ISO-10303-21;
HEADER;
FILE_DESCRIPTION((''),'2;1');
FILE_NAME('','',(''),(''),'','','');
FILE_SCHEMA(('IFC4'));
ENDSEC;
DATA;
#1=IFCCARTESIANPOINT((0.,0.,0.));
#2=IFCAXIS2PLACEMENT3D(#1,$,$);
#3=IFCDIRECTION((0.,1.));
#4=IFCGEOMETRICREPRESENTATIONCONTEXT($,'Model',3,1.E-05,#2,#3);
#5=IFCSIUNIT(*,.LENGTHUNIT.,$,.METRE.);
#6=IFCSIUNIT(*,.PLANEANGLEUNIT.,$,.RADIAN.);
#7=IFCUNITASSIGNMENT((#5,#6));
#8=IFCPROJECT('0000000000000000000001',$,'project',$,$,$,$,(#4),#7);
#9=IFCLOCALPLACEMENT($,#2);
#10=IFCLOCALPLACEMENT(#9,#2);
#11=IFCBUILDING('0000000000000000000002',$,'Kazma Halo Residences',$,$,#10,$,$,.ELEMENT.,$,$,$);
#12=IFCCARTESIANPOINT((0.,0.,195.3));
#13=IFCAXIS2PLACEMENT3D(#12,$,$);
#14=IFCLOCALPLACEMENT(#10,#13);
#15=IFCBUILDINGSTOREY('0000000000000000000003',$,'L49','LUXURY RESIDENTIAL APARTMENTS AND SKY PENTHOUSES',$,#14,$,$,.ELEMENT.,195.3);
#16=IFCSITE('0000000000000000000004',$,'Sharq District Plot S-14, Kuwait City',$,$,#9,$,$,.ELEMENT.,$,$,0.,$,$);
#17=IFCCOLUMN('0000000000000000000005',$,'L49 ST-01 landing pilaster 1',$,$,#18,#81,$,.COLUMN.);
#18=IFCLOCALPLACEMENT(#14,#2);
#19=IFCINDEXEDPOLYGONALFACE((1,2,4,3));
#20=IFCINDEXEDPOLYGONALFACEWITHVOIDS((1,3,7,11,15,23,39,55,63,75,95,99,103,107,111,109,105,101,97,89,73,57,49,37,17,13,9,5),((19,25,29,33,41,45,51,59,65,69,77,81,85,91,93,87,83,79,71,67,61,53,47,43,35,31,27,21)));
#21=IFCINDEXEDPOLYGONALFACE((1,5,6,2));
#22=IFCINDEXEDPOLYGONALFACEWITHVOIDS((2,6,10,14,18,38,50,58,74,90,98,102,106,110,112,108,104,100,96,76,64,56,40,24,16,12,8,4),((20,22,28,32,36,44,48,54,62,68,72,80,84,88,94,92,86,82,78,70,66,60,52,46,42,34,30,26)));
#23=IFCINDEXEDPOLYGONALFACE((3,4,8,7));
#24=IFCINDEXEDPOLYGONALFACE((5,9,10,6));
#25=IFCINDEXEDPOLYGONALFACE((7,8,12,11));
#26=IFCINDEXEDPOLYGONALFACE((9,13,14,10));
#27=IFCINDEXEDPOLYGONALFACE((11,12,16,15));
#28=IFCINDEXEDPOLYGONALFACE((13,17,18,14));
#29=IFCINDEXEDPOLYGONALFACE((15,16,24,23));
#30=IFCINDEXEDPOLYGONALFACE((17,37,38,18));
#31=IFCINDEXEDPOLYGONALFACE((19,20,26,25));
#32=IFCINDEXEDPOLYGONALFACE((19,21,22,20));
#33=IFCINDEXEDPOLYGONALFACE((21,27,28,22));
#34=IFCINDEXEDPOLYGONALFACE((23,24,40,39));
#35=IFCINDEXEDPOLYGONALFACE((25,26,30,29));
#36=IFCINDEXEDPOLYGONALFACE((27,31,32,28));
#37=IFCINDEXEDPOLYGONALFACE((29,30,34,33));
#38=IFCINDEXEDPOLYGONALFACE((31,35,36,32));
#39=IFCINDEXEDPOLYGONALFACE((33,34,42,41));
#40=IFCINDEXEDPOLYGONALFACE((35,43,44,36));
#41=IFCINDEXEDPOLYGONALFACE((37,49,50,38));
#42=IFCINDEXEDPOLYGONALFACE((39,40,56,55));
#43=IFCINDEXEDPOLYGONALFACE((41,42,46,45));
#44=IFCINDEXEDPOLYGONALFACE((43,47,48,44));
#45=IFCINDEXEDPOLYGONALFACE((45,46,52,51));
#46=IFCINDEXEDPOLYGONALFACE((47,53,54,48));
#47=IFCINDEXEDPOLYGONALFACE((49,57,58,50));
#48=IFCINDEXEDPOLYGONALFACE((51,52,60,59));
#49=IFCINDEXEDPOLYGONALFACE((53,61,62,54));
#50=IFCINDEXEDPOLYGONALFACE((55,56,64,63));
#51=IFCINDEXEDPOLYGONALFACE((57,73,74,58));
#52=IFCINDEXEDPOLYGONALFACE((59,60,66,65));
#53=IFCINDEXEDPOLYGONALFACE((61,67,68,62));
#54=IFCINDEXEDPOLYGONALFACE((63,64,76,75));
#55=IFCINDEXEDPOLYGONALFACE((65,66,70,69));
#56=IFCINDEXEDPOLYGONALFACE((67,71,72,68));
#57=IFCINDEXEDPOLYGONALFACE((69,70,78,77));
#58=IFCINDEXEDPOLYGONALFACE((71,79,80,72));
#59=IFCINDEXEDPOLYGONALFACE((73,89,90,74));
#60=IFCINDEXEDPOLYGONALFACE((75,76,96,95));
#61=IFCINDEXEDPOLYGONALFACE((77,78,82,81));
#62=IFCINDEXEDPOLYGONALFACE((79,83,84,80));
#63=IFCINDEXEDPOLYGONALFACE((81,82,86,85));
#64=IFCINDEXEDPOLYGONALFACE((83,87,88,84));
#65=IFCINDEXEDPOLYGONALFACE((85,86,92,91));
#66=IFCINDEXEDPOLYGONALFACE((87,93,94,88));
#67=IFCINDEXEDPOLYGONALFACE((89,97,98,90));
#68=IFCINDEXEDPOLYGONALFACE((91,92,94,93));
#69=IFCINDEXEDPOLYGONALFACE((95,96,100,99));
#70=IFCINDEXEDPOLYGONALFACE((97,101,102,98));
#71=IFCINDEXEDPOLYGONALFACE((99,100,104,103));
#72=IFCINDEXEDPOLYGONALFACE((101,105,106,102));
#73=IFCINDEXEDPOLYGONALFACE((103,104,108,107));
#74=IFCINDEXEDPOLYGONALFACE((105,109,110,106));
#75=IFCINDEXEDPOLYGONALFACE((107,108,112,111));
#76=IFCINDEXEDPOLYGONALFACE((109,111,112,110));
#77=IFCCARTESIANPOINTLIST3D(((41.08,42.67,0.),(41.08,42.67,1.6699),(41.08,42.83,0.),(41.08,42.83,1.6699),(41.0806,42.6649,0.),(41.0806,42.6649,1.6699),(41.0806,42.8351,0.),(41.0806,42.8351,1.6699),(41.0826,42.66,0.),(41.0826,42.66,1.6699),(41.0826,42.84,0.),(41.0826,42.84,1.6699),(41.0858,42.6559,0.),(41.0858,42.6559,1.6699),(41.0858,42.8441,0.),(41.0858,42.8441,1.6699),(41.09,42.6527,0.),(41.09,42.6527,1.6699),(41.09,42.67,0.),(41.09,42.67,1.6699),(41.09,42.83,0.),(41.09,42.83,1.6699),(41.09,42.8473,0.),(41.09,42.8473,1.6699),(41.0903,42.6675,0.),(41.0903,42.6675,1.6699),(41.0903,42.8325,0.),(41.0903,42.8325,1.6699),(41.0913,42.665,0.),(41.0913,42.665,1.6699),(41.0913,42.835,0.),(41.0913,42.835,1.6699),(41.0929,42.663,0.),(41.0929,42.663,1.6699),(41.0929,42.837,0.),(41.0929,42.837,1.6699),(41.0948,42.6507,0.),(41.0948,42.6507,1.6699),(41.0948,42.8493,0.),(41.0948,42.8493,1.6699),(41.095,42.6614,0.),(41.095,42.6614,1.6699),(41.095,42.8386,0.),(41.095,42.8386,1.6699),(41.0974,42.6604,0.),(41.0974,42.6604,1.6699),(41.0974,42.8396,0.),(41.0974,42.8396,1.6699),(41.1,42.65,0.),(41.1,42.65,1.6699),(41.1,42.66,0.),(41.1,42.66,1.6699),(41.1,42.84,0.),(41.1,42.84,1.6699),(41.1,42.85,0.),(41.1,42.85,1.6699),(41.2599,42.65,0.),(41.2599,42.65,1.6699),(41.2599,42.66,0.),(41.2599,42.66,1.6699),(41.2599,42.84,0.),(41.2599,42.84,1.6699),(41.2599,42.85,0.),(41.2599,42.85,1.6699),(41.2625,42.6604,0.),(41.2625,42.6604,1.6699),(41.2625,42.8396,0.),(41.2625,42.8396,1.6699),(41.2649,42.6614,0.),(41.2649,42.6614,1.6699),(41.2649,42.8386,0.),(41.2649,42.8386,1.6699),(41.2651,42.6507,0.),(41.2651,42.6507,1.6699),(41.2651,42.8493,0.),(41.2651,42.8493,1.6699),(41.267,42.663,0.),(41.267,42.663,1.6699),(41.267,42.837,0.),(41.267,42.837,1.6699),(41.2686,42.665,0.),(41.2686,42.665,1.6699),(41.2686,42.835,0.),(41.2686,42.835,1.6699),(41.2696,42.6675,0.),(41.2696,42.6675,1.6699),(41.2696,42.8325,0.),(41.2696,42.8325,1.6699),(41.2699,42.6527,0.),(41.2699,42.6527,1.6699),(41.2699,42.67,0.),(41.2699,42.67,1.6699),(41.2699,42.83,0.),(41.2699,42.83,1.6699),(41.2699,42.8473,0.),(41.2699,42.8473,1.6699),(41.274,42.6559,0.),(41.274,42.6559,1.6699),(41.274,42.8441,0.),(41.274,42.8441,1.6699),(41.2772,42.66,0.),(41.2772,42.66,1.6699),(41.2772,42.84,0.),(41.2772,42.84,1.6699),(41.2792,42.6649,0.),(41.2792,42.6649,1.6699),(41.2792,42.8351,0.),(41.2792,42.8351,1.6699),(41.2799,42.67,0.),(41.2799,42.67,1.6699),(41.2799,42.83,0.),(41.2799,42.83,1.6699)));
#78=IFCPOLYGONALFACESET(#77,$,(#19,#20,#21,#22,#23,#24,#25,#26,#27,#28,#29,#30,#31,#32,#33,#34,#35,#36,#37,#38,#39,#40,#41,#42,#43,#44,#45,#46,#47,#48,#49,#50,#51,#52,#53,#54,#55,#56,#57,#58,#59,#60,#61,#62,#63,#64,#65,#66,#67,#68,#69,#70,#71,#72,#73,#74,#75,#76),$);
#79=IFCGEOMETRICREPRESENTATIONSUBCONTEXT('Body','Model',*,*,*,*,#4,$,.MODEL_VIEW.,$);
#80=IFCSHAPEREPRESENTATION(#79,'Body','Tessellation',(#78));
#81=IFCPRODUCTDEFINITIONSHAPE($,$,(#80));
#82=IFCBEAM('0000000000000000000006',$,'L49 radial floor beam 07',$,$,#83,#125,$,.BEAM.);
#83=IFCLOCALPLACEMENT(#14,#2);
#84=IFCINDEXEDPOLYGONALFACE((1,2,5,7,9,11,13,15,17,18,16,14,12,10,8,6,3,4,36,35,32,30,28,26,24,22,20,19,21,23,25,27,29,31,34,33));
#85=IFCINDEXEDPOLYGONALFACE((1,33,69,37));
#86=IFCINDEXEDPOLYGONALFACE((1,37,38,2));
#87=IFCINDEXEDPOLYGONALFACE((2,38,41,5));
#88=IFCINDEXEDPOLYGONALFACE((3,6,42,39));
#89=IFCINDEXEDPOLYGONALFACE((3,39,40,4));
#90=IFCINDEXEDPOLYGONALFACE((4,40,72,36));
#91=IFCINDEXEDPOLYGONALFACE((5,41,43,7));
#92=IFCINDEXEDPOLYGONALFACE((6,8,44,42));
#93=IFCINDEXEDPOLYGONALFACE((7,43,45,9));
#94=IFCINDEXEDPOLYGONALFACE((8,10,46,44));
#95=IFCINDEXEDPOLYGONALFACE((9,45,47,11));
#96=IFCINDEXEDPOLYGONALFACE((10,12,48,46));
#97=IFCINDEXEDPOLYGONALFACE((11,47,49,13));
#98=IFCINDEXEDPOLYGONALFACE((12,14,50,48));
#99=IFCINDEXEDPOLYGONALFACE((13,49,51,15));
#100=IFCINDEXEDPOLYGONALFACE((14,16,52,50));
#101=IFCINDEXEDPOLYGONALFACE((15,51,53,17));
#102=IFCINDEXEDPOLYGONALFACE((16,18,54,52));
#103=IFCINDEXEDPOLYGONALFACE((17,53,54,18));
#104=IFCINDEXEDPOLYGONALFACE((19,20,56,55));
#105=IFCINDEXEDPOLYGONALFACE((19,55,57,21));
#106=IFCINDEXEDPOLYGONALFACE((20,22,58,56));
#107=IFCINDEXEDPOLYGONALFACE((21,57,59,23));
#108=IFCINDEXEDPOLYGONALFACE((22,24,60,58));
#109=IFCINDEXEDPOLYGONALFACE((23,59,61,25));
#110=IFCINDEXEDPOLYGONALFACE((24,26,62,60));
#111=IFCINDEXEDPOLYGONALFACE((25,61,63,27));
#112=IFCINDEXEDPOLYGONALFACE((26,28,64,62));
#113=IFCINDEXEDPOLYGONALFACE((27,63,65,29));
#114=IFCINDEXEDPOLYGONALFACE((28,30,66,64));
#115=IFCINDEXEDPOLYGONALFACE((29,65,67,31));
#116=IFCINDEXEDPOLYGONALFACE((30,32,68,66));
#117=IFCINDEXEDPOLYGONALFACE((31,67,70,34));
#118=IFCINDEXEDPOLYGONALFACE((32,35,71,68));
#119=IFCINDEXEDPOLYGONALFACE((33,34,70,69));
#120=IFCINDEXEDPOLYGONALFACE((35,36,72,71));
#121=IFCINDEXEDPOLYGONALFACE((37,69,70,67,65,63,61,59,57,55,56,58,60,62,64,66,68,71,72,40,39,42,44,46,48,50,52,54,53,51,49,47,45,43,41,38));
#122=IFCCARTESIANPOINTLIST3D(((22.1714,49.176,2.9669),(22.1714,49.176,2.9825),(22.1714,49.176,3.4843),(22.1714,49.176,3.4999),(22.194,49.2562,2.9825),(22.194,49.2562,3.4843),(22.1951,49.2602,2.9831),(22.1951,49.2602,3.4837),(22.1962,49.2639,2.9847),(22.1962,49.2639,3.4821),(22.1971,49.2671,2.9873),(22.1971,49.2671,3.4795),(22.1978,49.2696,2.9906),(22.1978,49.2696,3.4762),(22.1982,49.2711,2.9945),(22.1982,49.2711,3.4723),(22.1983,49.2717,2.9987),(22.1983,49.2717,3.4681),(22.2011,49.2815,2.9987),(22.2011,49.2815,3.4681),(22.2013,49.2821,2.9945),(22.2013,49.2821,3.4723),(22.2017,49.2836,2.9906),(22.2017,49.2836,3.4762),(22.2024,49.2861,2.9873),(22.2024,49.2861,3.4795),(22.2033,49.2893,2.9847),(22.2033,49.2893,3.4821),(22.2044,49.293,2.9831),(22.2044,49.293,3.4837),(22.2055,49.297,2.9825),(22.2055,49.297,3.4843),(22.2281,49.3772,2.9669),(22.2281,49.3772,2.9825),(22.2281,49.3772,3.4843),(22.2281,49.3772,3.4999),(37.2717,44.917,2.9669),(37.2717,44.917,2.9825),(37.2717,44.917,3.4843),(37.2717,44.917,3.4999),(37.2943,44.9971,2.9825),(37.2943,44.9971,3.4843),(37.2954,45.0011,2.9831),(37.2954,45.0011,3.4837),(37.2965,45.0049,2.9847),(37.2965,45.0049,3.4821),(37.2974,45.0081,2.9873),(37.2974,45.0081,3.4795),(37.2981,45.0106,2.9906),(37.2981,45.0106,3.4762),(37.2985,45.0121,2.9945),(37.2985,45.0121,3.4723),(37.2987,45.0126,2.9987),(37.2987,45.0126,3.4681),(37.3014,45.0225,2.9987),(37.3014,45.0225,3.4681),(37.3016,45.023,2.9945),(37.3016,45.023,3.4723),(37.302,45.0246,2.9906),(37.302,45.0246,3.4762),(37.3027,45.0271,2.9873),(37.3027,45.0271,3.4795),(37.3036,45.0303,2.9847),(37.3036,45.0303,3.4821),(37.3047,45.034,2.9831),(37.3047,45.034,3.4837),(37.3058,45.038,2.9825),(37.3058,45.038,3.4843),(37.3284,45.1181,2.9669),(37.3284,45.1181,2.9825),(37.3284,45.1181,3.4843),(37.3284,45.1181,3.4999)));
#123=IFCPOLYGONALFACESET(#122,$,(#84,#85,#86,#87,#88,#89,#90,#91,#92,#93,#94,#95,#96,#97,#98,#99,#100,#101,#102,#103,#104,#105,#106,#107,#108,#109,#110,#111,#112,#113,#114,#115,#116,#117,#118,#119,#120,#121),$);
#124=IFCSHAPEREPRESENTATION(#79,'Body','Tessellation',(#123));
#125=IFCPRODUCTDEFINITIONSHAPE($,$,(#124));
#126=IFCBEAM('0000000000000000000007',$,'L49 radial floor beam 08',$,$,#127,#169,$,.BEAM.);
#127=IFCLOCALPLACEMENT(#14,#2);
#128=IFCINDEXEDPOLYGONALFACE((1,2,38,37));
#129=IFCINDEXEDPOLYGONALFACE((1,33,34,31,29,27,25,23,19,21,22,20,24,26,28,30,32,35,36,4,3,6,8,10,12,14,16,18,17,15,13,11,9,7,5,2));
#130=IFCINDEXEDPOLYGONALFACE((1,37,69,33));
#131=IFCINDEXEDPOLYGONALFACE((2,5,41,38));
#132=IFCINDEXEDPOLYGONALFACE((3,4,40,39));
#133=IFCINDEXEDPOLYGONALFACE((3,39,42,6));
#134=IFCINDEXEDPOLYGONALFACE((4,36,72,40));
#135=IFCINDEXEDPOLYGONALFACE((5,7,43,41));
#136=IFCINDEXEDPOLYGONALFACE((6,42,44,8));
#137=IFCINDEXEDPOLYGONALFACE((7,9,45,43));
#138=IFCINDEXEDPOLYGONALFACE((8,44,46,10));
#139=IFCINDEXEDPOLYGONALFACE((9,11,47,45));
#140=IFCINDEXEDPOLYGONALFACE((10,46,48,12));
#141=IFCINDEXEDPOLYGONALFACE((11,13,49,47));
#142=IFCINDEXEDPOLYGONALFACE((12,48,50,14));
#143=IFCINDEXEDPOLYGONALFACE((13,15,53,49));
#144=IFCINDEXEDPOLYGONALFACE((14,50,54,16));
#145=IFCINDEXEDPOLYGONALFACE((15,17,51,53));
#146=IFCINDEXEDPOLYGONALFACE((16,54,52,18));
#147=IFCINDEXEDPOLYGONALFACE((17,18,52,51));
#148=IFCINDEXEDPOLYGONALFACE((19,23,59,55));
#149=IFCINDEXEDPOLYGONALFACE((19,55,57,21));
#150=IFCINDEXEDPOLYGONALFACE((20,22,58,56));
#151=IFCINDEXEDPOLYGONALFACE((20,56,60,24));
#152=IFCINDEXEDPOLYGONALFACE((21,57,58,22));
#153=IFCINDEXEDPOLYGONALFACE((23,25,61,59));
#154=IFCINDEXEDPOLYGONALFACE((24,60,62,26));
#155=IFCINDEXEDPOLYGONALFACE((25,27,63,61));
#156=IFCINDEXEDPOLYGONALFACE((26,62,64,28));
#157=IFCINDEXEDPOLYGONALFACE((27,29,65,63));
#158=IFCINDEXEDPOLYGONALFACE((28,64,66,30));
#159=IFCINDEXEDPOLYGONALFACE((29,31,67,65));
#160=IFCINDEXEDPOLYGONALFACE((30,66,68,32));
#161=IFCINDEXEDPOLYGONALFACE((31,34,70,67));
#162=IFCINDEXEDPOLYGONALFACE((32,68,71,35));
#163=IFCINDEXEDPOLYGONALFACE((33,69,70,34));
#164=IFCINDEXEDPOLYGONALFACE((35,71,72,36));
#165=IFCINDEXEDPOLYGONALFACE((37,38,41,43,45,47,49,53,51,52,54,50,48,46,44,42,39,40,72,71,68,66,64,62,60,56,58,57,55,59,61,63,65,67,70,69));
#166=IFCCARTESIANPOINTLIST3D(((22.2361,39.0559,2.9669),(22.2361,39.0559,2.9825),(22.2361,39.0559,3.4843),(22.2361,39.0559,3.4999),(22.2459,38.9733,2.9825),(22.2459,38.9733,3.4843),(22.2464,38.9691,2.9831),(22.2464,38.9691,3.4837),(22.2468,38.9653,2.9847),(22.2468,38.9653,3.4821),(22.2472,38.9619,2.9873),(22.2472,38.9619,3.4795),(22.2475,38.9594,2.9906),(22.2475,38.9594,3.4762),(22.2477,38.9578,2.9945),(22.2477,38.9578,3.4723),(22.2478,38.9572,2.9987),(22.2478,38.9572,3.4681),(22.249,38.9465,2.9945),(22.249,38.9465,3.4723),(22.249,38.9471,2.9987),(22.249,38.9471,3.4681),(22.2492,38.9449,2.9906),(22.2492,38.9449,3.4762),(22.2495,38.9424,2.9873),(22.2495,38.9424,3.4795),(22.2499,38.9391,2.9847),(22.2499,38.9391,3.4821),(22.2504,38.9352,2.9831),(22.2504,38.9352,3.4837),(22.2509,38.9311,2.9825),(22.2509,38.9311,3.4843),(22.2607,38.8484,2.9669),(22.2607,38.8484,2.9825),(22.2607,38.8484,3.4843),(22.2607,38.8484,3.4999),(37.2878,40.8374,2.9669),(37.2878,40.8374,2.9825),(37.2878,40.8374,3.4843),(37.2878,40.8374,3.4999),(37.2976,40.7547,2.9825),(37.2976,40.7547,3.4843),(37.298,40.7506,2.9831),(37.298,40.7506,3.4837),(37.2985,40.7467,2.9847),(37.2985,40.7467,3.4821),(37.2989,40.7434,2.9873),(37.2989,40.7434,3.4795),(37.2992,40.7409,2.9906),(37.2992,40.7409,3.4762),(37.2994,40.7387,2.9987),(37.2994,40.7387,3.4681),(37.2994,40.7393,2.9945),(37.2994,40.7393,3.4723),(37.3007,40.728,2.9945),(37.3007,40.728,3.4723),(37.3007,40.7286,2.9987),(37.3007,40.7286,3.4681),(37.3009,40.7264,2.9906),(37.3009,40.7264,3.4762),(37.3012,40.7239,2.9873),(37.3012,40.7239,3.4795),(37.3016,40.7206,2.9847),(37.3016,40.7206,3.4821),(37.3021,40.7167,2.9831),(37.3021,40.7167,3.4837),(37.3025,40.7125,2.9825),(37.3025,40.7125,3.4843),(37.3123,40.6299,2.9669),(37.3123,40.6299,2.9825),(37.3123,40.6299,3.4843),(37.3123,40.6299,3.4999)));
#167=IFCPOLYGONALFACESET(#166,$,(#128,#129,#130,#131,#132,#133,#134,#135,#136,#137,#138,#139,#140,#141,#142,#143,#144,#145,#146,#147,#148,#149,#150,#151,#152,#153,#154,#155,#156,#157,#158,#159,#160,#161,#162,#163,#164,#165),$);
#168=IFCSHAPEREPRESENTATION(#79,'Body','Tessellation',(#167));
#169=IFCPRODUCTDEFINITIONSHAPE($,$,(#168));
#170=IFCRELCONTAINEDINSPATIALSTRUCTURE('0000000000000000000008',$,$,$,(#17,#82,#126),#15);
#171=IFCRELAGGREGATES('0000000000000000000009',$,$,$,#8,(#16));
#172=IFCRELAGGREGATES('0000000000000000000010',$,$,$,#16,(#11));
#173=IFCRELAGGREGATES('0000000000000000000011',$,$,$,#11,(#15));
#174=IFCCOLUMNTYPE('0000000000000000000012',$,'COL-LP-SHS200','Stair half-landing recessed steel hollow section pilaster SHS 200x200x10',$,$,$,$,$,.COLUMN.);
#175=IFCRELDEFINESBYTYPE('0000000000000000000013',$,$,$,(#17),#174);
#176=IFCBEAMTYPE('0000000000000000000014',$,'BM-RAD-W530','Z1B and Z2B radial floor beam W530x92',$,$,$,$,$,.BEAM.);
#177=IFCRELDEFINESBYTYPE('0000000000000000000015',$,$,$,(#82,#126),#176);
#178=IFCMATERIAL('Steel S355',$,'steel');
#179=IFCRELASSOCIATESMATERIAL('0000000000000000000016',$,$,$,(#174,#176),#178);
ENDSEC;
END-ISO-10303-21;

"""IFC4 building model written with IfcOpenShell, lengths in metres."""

from ifc_helpers import new_model, si_unit, direction, frame, origin, origin_2d, place, context, subcontext, project, spatial, hollow_rectangle, i_section, extrude, material, material_profile, profile_set, type_object, element, save


model = new_model("IFC4")

# Units and contexts
model_context = context("Model", 3, precision=1e-05, world=origin(), true_north=direction((0.0, 1.0)))
body_context = subcontext(model_context, "Body", "Model", "MODEL_VIEW")
ifc_project = project(units=[si_unit("LENGTHUNIT", "METRE"), si_unit("PLANEANGLEUNIT", "RADIAN")], contexts=[model_context])

# Site, building, storey
site_placement = place(None, origin())
site = spatial("IfcSite", under=ifc_project, at=site_placement, Name="Sharq District Plot S-14, Kuwait City", CompositionType="ELEMENT", RefElevation=0.0)
building_placement = place(site_placement, origin())
building = spatial("IfcBuilding", under=site, at=building_placement, Name="Kazma Halo Residences", CompositionType="ELEMENT")
storey_placement = place(building_placement, frame((0.0, 0.0, 195.3)))
storey = spatial("IfcBuildingStorey", under=building, at=storey_placement, Name="L49", Description="LUXURY RESIDENTIAL APARTMENTS AND SKY PENTHOUSES", CompositionType="ELEMENT", Elevation=195.3)

# Column
ifc_material_1 = material(Name="Steel S355", Category="steel")
ifc_material_profile_1 = material_profile(ifc_material_1, hollow_rectangle(XDim=0.2, YDim=0.2, WallThickness=0.01, InnerFilletRadius=0.01, OuterFilletRadius=0.02, at=origin_2d()), Name="SHS200x200x10")
ifc_profile_set_1 = profile_set([ifc_material_profile_1], Name="Steel S355")
column_type = type_object("IfcColumnType", Name="COL-LP-SHS200", Description="Stair half-landing recessed steel hollow section pilaster SHS 200x200x10", PredefinedType="COLUMN", material=ifc_profile_set_1)
column_placement = place(storey_placement, frame((41.1799, 42.75, 0.0), z_axis=(0.0, 0.0, 1.0), x_axis=(1.0, 0.0, 0.0)))
element("IfcColumn", 1, at=column_placement, inside=storey, type_object=column_type, Name="L49 ST-01 landing pilaster 1", PredefinedType="COLUMN", context=body_context, shape_type="SweptSolid", body=[
    extrude(hollow_rectangle(XDim=0.2, YDim=0.2, WallThickness=0.01, InnerFilletRadius=0.01, OuterFilletRadius=0.02, at=origin_2d()), origin(), (0.0, 0.0, 1.0), 1.6699),
])

# Beams
ifc_material_profile_2 = material_profile(ifc_material_1, i_section(OverallWidth=0.209, OverallDepth=0.533, WebThickness=0.0103, FlangeThickness=0.0156, FilletRadius=0.0161, at=origin_2d()), Name="W530x92")
ifc_profile_set_2 = profile_set([ifc_material_profile_2], Name="Steel S355")
beam_type_1 = type_object("IfcBeamType", Name="BM-RAD-W530", Description="Z1B and Z2B radial floor beam W530x92", PredefinedType="BEAM", material=ifc_profile_set_2)
beam_1_placement = place(storey_placement, frame((37.3, 45.0176, 3.2334), z_axis=(-0.96245, 0.271458, 0.0), x_axis=(-0.271458, -0.96245, 0.0)))
element("IfcBeam", 2, at=beam_1_placement, inside=storey, type_object=beam_type_1, Name="L49 radial floor beam 07", PredefinedType="BEAM", context=body_context, shape_type="SweptSolid", body=[
    extrude(i_section(OverallWidth=0.209, OverallDepth=0.533, WebThickness=0.0103, FlangeThickness=0.0156, FilletRadius=0.0161, at=origin_2d()), origin(), (0.0, 0.0, 1.0), 15.6895),
])
beam_2_placement = place(storey_placement, frame((37.3, 40.7336, 3.2334), z_axis=(-0.993068, -0.117537, 0.0), x_axis=(0.117537, -0.993068, 0.0)))
element("IfcBeam", 3, at=beam_2_placement, inside=storey, type_object=beam_type_1, Name="L49 radial floor beam 08", PredefinedType="BEAM", context=body_context, shape_type="SweptSolid", body=[
    extrude(i_section(OverallWidth=0.209, OverallDepth=0.533, WebThickness=0.0103, FlangeThickness=0.0156, FilletRadius=0.0161, at=origin_2d()), origin(), (0.0, 0.0, 1.0), 15.1567),
])

save(model, "model.ifc")
